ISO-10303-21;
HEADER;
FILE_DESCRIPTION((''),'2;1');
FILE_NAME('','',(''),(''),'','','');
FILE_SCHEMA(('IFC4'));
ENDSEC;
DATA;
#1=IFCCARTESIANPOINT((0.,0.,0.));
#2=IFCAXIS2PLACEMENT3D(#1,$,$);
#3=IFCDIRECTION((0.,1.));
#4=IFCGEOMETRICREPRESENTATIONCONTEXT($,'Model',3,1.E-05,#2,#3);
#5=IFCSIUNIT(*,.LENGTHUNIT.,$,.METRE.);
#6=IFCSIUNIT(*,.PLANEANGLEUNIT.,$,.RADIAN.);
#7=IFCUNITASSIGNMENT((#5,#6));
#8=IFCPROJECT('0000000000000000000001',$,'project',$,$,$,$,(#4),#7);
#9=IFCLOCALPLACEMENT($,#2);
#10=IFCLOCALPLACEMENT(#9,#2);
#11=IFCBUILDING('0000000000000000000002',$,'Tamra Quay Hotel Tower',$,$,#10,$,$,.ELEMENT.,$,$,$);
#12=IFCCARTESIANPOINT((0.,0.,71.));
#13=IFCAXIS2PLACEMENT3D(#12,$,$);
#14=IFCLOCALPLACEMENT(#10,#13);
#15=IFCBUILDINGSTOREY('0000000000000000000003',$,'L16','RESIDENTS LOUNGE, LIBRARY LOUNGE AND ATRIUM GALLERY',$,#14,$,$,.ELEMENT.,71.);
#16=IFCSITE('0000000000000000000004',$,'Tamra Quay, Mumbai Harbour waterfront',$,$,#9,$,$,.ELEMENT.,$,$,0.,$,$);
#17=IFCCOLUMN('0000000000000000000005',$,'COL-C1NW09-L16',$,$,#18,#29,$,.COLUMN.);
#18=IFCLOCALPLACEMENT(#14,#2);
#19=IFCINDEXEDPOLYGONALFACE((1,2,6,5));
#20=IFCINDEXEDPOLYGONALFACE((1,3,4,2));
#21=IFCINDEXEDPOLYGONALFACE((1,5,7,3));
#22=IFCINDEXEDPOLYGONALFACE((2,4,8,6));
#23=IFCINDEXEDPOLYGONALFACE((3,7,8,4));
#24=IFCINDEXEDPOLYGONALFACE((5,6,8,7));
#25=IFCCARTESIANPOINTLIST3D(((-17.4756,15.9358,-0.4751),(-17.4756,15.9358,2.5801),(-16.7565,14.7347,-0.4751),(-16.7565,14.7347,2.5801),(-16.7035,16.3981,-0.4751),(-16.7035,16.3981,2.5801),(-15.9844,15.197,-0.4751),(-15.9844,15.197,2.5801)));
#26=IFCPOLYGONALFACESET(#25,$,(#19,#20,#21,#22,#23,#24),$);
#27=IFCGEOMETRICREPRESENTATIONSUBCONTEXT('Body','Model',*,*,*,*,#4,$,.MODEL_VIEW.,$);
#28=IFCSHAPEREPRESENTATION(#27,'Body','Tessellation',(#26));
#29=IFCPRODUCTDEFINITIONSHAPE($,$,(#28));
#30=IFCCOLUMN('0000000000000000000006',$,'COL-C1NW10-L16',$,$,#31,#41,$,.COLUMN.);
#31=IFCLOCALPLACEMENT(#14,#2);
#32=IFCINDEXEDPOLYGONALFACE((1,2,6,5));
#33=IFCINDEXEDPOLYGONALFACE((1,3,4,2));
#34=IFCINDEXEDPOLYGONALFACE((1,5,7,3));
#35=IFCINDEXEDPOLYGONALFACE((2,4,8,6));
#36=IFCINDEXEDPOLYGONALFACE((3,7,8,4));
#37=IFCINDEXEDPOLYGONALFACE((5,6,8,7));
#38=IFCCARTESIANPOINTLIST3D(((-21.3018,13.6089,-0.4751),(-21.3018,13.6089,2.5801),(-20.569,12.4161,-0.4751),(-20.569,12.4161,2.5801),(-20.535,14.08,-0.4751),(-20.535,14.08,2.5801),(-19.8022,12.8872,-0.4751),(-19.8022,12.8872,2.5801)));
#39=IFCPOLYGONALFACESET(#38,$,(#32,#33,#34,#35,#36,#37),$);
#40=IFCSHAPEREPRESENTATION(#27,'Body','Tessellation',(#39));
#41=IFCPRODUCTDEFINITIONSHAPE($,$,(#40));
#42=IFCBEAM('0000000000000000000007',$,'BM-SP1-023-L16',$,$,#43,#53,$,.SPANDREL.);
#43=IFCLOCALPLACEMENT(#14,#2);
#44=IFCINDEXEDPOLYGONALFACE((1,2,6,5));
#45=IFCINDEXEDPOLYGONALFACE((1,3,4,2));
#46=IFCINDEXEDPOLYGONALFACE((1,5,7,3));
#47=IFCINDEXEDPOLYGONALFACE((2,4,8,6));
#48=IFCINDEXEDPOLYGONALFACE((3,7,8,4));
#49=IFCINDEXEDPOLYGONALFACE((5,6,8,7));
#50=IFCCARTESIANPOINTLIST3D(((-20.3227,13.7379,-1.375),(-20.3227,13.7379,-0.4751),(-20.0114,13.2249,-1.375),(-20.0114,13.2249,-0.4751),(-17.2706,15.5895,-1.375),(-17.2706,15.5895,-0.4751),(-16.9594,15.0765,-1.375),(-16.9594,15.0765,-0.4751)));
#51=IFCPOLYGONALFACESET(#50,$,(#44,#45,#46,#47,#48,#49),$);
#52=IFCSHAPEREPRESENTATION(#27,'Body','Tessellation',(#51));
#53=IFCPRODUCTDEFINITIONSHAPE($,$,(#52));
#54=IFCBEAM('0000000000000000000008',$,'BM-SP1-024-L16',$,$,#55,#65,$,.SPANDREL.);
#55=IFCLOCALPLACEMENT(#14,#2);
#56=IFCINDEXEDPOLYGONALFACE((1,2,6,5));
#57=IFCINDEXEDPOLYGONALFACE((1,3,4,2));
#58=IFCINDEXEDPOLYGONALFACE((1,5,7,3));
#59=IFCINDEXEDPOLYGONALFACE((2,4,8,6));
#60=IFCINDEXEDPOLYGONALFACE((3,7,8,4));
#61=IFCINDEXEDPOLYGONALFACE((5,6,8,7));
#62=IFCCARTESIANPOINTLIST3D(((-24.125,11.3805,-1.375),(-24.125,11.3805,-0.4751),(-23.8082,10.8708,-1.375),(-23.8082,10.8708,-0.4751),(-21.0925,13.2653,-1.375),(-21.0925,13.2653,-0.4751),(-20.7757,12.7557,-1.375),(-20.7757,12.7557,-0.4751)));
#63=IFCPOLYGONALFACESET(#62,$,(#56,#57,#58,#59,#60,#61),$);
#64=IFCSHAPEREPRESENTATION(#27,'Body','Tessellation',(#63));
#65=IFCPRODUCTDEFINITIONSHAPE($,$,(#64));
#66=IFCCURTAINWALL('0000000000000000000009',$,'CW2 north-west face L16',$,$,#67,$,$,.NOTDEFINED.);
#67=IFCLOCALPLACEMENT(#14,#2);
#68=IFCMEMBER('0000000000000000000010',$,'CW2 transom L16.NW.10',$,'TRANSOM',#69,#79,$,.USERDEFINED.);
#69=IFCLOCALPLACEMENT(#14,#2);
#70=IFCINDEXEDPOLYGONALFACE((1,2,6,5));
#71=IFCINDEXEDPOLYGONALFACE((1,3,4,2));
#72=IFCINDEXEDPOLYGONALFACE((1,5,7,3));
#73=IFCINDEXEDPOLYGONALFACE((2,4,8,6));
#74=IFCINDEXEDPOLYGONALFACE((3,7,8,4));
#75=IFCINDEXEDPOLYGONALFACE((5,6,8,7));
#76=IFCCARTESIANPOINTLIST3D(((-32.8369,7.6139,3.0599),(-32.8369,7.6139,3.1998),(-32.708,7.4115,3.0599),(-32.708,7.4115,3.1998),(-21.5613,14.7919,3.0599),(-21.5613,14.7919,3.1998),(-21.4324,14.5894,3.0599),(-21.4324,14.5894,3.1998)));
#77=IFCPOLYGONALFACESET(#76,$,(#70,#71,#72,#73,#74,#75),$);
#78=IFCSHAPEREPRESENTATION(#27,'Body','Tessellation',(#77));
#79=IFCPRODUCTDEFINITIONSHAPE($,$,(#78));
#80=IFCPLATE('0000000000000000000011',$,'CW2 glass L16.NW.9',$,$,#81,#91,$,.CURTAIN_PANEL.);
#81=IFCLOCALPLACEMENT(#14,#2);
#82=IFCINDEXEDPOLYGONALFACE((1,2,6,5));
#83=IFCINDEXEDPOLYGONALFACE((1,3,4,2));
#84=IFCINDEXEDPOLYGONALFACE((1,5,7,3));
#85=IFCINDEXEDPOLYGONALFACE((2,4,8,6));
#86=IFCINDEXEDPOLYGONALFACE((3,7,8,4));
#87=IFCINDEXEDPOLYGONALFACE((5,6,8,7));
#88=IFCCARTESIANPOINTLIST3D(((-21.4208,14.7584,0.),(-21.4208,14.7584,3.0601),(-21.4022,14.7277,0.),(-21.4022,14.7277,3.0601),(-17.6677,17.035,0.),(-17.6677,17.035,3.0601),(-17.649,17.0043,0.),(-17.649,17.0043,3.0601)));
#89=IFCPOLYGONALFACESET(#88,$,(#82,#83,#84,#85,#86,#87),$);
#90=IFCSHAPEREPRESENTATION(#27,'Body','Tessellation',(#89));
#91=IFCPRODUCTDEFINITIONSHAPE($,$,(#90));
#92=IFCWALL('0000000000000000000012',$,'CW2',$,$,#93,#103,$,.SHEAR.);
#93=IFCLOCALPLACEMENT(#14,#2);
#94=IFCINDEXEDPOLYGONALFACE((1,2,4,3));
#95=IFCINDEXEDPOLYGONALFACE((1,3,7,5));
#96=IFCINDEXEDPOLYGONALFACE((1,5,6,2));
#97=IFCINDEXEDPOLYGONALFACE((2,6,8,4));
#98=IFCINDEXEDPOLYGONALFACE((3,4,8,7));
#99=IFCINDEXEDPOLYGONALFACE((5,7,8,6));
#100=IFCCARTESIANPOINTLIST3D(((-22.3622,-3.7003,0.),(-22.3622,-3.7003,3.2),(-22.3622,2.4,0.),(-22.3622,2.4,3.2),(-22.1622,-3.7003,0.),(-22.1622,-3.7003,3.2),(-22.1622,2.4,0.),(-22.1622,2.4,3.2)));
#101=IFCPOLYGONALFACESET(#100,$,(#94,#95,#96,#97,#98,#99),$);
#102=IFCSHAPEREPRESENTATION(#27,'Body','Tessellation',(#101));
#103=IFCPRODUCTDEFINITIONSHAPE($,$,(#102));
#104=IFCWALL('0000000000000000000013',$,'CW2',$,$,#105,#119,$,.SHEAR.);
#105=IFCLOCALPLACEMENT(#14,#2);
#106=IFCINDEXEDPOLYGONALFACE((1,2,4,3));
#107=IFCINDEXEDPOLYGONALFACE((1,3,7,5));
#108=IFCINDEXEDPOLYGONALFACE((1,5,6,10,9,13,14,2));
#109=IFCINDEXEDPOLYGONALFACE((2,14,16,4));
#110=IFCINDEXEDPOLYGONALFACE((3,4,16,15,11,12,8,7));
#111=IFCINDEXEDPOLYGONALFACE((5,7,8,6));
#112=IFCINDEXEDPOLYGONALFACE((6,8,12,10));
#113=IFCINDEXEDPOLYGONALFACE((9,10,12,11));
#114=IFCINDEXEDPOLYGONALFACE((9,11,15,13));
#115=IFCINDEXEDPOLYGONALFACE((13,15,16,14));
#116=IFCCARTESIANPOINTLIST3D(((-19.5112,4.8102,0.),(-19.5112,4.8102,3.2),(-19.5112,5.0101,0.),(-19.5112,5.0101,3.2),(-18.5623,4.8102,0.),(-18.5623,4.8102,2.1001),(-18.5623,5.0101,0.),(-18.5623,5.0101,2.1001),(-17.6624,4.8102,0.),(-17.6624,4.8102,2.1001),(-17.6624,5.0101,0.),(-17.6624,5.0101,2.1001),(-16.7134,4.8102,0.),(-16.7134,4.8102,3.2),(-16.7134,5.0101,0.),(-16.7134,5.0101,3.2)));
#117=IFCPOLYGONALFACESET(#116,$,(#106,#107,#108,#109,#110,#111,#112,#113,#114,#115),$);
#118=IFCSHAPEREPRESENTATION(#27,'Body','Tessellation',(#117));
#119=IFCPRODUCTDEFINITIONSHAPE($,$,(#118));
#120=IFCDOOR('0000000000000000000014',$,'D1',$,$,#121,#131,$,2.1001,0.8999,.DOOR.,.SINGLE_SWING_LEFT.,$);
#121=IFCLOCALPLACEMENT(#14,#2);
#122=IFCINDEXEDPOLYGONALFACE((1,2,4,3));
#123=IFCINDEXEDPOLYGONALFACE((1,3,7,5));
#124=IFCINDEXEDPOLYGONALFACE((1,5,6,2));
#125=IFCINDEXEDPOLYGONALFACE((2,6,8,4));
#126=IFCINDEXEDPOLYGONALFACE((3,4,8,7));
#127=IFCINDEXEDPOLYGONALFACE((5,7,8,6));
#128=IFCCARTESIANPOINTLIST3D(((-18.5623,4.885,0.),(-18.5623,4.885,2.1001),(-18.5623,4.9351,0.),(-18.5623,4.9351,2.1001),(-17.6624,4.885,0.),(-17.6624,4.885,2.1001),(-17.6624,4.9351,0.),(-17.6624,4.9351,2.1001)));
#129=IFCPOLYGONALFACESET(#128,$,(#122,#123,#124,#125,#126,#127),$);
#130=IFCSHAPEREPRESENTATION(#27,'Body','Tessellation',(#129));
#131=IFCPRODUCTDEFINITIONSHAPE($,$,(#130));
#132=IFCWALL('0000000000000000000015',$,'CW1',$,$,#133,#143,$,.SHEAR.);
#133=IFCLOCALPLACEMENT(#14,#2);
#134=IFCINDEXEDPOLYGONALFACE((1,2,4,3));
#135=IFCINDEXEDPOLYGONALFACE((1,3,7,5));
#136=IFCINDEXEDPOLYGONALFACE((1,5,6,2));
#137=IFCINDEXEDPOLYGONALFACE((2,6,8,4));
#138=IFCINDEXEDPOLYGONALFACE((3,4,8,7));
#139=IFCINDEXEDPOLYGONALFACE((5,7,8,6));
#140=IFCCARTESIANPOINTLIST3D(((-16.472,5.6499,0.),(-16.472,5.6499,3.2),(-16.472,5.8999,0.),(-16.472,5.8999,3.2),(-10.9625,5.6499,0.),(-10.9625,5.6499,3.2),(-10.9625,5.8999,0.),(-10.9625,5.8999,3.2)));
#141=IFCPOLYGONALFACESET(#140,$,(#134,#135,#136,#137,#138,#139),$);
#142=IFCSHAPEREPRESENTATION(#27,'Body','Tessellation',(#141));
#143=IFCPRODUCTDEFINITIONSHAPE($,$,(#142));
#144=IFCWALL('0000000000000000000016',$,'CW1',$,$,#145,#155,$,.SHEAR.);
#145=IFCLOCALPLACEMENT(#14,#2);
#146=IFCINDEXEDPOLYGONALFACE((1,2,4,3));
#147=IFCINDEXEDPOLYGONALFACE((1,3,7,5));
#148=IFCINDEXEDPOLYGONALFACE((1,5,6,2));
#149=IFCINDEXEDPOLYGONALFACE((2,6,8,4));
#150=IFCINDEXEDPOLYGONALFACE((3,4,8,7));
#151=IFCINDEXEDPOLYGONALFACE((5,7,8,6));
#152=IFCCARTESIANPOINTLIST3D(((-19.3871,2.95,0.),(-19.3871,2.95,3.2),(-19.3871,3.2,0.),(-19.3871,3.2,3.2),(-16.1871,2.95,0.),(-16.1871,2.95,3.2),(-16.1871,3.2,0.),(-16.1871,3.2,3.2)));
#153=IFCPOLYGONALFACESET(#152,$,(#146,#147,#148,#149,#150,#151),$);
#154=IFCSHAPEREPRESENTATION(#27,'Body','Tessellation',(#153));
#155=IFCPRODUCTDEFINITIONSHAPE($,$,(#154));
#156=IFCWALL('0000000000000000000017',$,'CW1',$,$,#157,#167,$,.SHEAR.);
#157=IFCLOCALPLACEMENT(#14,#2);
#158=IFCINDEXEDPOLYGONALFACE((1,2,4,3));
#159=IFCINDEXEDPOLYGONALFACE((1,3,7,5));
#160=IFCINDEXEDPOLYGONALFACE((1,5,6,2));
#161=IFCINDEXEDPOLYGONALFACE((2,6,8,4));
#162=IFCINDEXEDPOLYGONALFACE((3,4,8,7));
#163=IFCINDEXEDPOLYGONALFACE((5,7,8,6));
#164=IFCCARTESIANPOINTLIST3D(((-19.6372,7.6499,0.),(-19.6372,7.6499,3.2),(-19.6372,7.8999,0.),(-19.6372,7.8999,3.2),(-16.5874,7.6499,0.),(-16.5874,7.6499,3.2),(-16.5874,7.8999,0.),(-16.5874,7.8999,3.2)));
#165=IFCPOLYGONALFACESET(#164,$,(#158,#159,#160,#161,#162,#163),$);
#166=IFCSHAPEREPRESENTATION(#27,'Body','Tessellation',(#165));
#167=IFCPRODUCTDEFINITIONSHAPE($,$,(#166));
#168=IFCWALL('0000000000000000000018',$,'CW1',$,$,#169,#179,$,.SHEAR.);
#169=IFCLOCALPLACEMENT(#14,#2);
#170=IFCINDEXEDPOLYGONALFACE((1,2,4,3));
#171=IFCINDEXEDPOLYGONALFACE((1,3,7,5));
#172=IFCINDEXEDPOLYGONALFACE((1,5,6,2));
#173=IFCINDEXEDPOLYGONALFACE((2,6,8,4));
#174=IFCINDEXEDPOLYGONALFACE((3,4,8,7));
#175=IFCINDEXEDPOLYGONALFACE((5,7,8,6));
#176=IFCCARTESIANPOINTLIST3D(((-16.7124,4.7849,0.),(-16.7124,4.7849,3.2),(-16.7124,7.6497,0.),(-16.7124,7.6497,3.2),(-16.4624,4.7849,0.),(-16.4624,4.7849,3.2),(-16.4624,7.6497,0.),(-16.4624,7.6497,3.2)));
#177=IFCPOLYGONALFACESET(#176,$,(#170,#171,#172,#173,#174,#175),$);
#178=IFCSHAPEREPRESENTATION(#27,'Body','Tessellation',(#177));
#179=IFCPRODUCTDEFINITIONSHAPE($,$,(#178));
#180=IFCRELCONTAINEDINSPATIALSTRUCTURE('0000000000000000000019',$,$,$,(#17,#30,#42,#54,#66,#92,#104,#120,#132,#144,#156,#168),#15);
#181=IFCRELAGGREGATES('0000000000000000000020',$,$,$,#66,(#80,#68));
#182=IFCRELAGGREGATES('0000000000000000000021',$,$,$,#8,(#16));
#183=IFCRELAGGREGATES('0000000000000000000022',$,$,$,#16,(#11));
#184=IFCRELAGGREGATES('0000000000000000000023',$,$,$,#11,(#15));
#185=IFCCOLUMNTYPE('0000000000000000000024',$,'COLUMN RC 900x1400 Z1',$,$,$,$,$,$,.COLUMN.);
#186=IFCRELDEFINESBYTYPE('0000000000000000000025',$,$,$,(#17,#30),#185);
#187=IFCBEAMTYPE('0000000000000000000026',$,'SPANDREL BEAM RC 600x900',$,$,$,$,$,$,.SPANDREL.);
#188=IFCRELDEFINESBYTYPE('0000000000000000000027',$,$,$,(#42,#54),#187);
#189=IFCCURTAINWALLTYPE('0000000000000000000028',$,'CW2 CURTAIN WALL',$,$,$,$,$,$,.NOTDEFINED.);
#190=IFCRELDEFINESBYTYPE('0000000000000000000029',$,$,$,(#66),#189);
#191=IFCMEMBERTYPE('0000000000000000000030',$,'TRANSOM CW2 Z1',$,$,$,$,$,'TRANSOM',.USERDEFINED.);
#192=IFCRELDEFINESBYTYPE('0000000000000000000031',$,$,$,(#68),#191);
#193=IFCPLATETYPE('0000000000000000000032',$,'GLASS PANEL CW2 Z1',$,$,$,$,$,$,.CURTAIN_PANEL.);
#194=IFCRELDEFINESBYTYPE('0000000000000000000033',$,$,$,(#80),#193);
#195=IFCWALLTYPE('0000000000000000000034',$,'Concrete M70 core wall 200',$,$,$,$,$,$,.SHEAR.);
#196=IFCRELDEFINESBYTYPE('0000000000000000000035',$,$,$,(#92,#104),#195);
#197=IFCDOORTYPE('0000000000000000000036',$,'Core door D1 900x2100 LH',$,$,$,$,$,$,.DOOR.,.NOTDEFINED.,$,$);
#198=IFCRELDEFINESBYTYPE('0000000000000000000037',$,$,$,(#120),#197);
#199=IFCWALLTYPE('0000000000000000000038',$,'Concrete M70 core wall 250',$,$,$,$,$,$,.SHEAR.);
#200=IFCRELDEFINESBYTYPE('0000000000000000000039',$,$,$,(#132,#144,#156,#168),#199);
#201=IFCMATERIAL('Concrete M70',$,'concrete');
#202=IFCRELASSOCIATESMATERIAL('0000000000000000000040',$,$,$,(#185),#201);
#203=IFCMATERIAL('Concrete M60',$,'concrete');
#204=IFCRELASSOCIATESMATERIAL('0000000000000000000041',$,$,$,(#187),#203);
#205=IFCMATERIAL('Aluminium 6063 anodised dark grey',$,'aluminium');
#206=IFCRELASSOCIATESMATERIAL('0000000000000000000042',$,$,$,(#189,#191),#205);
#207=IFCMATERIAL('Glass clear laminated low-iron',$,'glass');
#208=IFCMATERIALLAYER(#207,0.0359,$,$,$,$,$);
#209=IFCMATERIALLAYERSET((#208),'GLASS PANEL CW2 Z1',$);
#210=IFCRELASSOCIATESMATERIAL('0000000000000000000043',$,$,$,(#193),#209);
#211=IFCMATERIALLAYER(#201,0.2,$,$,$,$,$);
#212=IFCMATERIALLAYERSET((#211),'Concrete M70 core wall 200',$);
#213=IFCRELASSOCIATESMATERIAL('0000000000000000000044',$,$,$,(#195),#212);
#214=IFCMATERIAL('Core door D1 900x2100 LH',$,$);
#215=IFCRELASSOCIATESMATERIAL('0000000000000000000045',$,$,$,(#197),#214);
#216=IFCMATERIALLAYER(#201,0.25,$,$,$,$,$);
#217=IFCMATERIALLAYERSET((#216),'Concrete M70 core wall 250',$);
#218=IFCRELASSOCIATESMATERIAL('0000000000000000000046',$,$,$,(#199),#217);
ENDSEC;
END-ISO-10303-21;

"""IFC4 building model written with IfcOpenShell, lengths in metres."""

from ifc_helpers import new_model, si_unit, direction, frame, frame_2d, origin, origin_2d, place, context, subcontext, project, spatial, rectangle, extrude, material, layer, layer_set, material_profile, profile_set, type_object, element, fill, aggregate, save


model = new_model("IFC4")

# Units and contexts
model_context = context("Model", 3, precision=1e-05, world=origin(), true_north=direction((0.0, 1.0)))
body_context = subcontext(model_context, "Body", "Model", "MODEL_VIEW")
ifc_project = project(units=[si_unit("LENGTHUNIT", "METRE"), si_unit("PLANEANGLEUNIT", "RADIAN")], contexts=[model_context])

# Site, building, storey
site_placement = place(None, origin())
site = spatial("IfcSite", under=ifc_project, at=site_placement, Name="Tamra Quay, Mumbai Harbour waterfront", CompositionType="ELEMENT", RefElevation=0.0)
building_placement = place(site_placement, origin())
building = spatial("IfcBuilding", under=site, at=building_placement, Name="Tamra Quay Hotel Tower", CompositionType="ELEMENT")
storey_placement = place(building_placement, frame((0.0, 0.0, 71.0)))
storey = spatial("IfcBuildingStorey", under=building, at=storey_placement, Name="L16", Description="RESIDENTS LOUNGE, LIBRARY LOUNGE AND ATRIUM GALLERY", CompositionType="ELEMENT", Elevation=71.0)

# Columns
ifc_material_1 = material(Name="Concrete M70", Category="concrete")
ifc_material_profile_1 = material_profile(ifc_material_1, rectangle(XDim=1.3999, YDim=0.8999, at=origin_2d()), Name="COLUMN RC 900x1400 Z1")
ifc_profile_set_1 = profile_set([ifc_material_profile_1], Name="Concrete M70")
column_type = type_object("IfcColumnType", Name="COLUMN RC 900x1400 Z1", PredefinedType="COLUMN", material=ifc_profile_set_1)
for number, where, z_axis, x_axis, name in (
    (1, (-16.73, 15.5664, -0.4751), (0.0, 0.0, 1.0), (-0.513654, 0.857998, 0.0), "COL-C1NW09-L16"),
    (2, (-20.552, 13.248, -0.4751), (0.0, 0.0, 1.0), (-0.52343, 0.852069, 0.0), "COL-C1NW10-L16"),
):
    element("IfcColumn", number, at=place(storey_placement, frame(where, z_axis=z_axis, x_axis=x_axis)), inside=storey, type_object=column_type, Name=name, PredefinedType="COLUMN", context=body_context, shape_type="SweptSolid", body=[
        extrude(rectangle(XDim=1.3999, YDim=0.8999, at=origin_2d()), origin(), (0.0, 0.0, 1.0), 3.0552),
    ])

# Beams
ifc_material_2 = material(Name="Concrete M60", Category="concrete")
ifc_material_profile_2 = material_profile(ifc_material_2, rectangle(XDim=0.6001, YDim=0.8999, at=origin_2d()), Name="SPANDREL BEAM RC 600x900")
ifc_profile_set_2 = profile_set([ifc_material_profile_2], Name="Concrete M60")
beam_type = type_object("IfcBeamType", Name="SPANDREL BEAM RC 600x900", PredefinedType="SPANDREL", material=ifc_profile_set_2)
beam_1_placement = place(storey_placement, frame((-17.115, 15.333, -0.925), z_axis=(-0.854966, -0.518684, 0.0), x_axis=(0.518684, -0.854966, 0.0)))
element("IfcBeam", 3, at=beam_1_placement, inside=storey, type_object=beam_type, Name="BM-SP1-023-L16", PredefinedType="SPANDREL", context=body_context, shape_type="SweptSolid", body=[
    extrude(rectangle(XDim=0.6001, YDim=0.8999, at=origin_2d()), origin(), (0.0, 0.0, 1.0), 3.5698),
])
beam_2_placement = place(storey_placement, frame((-20.9341, 13.0105, -0.925), z_axis=(-0.849321, -0.527877, 0.0), x_axis=(0.527877, -0.849321, 0.0)))
element("IfcBeam", 4, at=beam_2_placement, inside=storey, type_object=beam_type, Name="BM-SP1-024-L16", PredefinedType="SPANDREL", context=body_context, shape_type="SweptSolid", body=[
    extrude(rectangle(XDim=0.6001, YDim=0.8999, at=origin_2d()), origin(), (0.0, 0.0, 1.0), 3.5706),
])

# Curtain wall, member, plate
ifc_material_3 = material(Name="Aluminium 6063 anodised dark grey", Category="aluminium")
curtain_wall_type = type_object("IfcCurtainWallType", Name="CW2 CURTAIN WALL", PredefinedType="NOTDEFINED", material=ifc_material_3)
curtain_wall_placement = place(storey_placement, origin())
curtain_wall = element("IfcCurtainWall", 5, at=curtain_wall_placement, inside=storey, type_object=curtain_wall_type, Name="CW2 north-west face L16", PredefinedType="NOTDEFINED")
ifc_material_profile_3 = material_profile(ifc_material_3, rectangle(XDim=0.24, YDim=0.1399, at=origin_2d()), Name="TRANSOM 240X140")
ifc_profile_set_3 = profile_set([ifc_material_profile_3], Name="Aluminium 6063 anodised dark grey")
member_type = type_object("IfcMemberType", Name="TRANSOM CW2 Z1", ElementType="TRANSOM", PredefinedType="USERDEFINED", material=ifc_profile_set_3)
member_placement = place(storey_placement, frame((-21.4968, 14.6907, 3.1299), z_axis=(-0.843574, -0.537013, 0.0), x_axis=(0.537013, -0.843574, 0.0)))
member = element("IfcMember", 6, at=member_placement, type_object=member_type, Name="CW2 transom L16.NW.10", ObjectType="TRANSOM", PredefinedType="USERDEFINED", context=body_context, shape_type="SweptSolid", body=[
    extrude(rectangle(XDim=0.24, YDim=0.1399, at=origin_2d()), origin(), (0.0, 0.0, 1.0), 13.3665),
])
ifc_material_4 = material(Name="Glass clear laminated low-iron", Category="glass")
ifc_layer_1 = layer(ifc_material_4, 0.0359)
ifc_layer_set_1 = layer_set([ifc_layer_1], Name="GLASS PANEL CW2 Z1")
plate_type = type_object("IfcPlateType", Name="GLASS PANEL CW2 Z1", PredefinedType="CURTAIN_PANEL", material=ifc_layer_set_1)
plate_placement = place(storey_placement, frame((-19.5349, 15.8813, 0.0), z_axis=(0.0, 0.0, 1.0), x_axis=(-0.854993, -0.518639, 0.0)))
plate = element("IfcPlate", 7, at=plate_placement, type_object=plate_type, Name="CW2 glass L16.NW.9", PredefinedType="CURTAIN_PANEL", context=body_context, shape_type="SweptSolid", body=[
    extrude(rectangle(XDim=4.3896, YDim=0.0359, at=origin_2d()), origin(), (0.0, 0.0, 1.0), 3.0601),
])
aggregate(curtain_wall, [plate, member])

# Wall
ifc_layer_2 = layer(ifc_material_1, 0.2)
ifc_layer_set_2 = layer_set([ifc_layer_2], Name="Concrete M70 core wall 200")
wall_type_1 = type_object("IfcWallType", Name="Concrete M70 core wall 200", PredefinedType="SHEAR", material=ifc_layer_set_2)
wall_1_placement = place(storey_placement, frame((-22.2622, 2.4001, 0.0), z_axis=(0.0, 0.0, 1.0), x_axis=(0.0, -1.0, 0.0)))
element("IfcWall", 8, at=wall_1_placement, inside=storey, type_object=wall_type_1, Name="CW2", PredefinedType="SHEAR", context=body_context, shape_type="SweptSolid", body=[
    extrude(rectangle(XDim=6.1003, YDim=0.2, at=frame_2d((3.0503, 0.0))), origin(), (0.0, 0.0, 1.0), 3.2),
])

# Wall, opening, door
wall_2_placement = place(storey_placement, frame((-19.5112, 4.9102, 0.0), z_axis=(0.0, 0.0, 1.0), x_axis=(1.0, 0.0, 0.0)))
wall_2 = element("IfcWall", 9, at=wall_2_placement, inside=storey, type_object=wall_type_1, Name="CW2", PredefinedType="SHEAR", context=body_context, shape_type="SweptSolid", body=[
    extrude(rectangle(XDim=2.7979, YDim=0.2, at=frame_2d((1.3989, 0.0))), origin(), (0.0, 0.0, 1.0), 3.2),
])
opening_1_placement = place(wall_2_placement, frame((0.949, 0.0, 0.0)))
opening_1 = element("IfcOpeningElement", 10, at=opening_1_placement, cuts=wall_2, PredefinedType="OPENING", context=body_context, shape_type="SweptSolid", body=[
    extrude(rectangle(XDim=0.8999, YDim=2.1001, at=frame_2d((0.45, 1.05))), frame((0.0, 0.1099, 0.0), z_axis=(0.0, -1.0, 0.0), x_axis=(1.0, 0.0, 0.0)), (0.0, 0.0, 1.0), 0.22),
])
ifc_material_5 = material(Name="Core door D1 900x2100 LH")
door_type_1 = type_object("IfcDoorType", Name="Core door D1 900x2100 LH", OperationType="NOTDEFINED", PredefinedType="DOOR", material=ifc_material_5)
door_1_placement = place(opening_1_placement, origin())
door_1 = element("IfcDoor", 11, at=door_1_placement, inside=storey, type_object=door_type_1, Name="D1", OperationType="SINGLE_SWING_LEFT", OverallHeight=2.1001, OverallWidth=0.8999, PredefinedType="DOOR", context=body_context, shape_type="SweptSolid", body=[
    extrude(rectangle(XDim=0.8999, YDim=2.1001, at=frame_2d((0.45, 1.05))), frame((0.0, 0.0249, 0.0), z_axis=(0.0, -1.0, 0.0), x_axis=(1.0, 0.0, 0.0)), (0.0, 0.0, 1.0), 0.05),
])
fill(opening_1, door_1)

# Walls
ifc_layer_3 = layer(ifc_material_1, 0.25)
ifc_layer_set_3 = layer_set([ifc_layer_3], Name="Concrete M70 core wall 250")
wall_type_2 = type_object("IfcWallType", Name="Concrete M70 core wall 250", PredefinedType="SHEAR", material=ifc_layer_set_3)
wall_3_placement = place(storey_placement, frame((-16.4722, 5.7749, 0.0), z_axis=(0.0, 0.0, 1.0), x_axis=(1.0, 0.0, 0.0)))
element("IfcWall", 12, at=wall_3_placement, inside=storey, type_object=wall_type_2, Name="CW1", PredefinedType="SHEAR", context=body_context, shape_type="SweptSolid", body=[
    extrude(rectangle(XDim=5.5095, YDim=0.25, at=frame_2d((2.7549, 0.0))), origin(), (0.0, 0.0, 1.0), 3.2),
])
wall_4_placement = place(storey_placement, frame((-19.3872, 3.075, 0.0), z_axis=(0.0, 0.0, 1.0), x_axis=(1.0, 0.0, 0.0)))
element("IfcWall", 13, at=wall_4_placement, inside=storey, type_object=wall_type_2, Name="CW1", PredefinedType="SHEAR", context=body_context, shape_type="SweptSolid", body=[
    extrude(rectangle(XDim=3.2, YDim=0.25, at=frame_2d((1.6001, 0.0))), origin(), (0.0, 0.0, 1.0), 3.2),
])
wall_5_placement = place(storey_placement, frame((-19.6372, 7.7749, 0.0), z_axis=(0.0, 0.0, 1.0), x_axis=(1.0, 0.0, 0.0)))
element("IfcWall", 14, at=wall_5_placement, inside=storey, type_object=wall_type_2, Name="CW1", PredefinedType="SHEAR", context=body_context, shape_type="SweptSolid", body=[
    extrude(rectangle(XDim=3.0498, YDim=0.25, at=frame_2d((1.5249, 0.0))), origin(), (0.0, 0.0, 1.0), 3.2),
])
for number, where, z_axis, x_axis, name in (
    (15, (-16.5874, 7.6497, 0.0), (0.0, 0.0, 1.0), (0.0, -1.0, 0.0), "CW1"),
):
    element("IfcWall", number, at=place(storey_placement, frame(where, z_axis=z_axis, x_axis=x_axis)), inside=storey, type_object=wall_type_2, Name=name, PredefinedType="SHEAR", context=body_context, shape_type="SweptSolid", body=[
        extrude(rectangle(XDim=2.8647, YDim=0.25, at=frame_2d((1.4324, 0.0))), origin(), (0.0, 0.0, 1.0), 3.2),
    ])

save(model, "model.ifc")
